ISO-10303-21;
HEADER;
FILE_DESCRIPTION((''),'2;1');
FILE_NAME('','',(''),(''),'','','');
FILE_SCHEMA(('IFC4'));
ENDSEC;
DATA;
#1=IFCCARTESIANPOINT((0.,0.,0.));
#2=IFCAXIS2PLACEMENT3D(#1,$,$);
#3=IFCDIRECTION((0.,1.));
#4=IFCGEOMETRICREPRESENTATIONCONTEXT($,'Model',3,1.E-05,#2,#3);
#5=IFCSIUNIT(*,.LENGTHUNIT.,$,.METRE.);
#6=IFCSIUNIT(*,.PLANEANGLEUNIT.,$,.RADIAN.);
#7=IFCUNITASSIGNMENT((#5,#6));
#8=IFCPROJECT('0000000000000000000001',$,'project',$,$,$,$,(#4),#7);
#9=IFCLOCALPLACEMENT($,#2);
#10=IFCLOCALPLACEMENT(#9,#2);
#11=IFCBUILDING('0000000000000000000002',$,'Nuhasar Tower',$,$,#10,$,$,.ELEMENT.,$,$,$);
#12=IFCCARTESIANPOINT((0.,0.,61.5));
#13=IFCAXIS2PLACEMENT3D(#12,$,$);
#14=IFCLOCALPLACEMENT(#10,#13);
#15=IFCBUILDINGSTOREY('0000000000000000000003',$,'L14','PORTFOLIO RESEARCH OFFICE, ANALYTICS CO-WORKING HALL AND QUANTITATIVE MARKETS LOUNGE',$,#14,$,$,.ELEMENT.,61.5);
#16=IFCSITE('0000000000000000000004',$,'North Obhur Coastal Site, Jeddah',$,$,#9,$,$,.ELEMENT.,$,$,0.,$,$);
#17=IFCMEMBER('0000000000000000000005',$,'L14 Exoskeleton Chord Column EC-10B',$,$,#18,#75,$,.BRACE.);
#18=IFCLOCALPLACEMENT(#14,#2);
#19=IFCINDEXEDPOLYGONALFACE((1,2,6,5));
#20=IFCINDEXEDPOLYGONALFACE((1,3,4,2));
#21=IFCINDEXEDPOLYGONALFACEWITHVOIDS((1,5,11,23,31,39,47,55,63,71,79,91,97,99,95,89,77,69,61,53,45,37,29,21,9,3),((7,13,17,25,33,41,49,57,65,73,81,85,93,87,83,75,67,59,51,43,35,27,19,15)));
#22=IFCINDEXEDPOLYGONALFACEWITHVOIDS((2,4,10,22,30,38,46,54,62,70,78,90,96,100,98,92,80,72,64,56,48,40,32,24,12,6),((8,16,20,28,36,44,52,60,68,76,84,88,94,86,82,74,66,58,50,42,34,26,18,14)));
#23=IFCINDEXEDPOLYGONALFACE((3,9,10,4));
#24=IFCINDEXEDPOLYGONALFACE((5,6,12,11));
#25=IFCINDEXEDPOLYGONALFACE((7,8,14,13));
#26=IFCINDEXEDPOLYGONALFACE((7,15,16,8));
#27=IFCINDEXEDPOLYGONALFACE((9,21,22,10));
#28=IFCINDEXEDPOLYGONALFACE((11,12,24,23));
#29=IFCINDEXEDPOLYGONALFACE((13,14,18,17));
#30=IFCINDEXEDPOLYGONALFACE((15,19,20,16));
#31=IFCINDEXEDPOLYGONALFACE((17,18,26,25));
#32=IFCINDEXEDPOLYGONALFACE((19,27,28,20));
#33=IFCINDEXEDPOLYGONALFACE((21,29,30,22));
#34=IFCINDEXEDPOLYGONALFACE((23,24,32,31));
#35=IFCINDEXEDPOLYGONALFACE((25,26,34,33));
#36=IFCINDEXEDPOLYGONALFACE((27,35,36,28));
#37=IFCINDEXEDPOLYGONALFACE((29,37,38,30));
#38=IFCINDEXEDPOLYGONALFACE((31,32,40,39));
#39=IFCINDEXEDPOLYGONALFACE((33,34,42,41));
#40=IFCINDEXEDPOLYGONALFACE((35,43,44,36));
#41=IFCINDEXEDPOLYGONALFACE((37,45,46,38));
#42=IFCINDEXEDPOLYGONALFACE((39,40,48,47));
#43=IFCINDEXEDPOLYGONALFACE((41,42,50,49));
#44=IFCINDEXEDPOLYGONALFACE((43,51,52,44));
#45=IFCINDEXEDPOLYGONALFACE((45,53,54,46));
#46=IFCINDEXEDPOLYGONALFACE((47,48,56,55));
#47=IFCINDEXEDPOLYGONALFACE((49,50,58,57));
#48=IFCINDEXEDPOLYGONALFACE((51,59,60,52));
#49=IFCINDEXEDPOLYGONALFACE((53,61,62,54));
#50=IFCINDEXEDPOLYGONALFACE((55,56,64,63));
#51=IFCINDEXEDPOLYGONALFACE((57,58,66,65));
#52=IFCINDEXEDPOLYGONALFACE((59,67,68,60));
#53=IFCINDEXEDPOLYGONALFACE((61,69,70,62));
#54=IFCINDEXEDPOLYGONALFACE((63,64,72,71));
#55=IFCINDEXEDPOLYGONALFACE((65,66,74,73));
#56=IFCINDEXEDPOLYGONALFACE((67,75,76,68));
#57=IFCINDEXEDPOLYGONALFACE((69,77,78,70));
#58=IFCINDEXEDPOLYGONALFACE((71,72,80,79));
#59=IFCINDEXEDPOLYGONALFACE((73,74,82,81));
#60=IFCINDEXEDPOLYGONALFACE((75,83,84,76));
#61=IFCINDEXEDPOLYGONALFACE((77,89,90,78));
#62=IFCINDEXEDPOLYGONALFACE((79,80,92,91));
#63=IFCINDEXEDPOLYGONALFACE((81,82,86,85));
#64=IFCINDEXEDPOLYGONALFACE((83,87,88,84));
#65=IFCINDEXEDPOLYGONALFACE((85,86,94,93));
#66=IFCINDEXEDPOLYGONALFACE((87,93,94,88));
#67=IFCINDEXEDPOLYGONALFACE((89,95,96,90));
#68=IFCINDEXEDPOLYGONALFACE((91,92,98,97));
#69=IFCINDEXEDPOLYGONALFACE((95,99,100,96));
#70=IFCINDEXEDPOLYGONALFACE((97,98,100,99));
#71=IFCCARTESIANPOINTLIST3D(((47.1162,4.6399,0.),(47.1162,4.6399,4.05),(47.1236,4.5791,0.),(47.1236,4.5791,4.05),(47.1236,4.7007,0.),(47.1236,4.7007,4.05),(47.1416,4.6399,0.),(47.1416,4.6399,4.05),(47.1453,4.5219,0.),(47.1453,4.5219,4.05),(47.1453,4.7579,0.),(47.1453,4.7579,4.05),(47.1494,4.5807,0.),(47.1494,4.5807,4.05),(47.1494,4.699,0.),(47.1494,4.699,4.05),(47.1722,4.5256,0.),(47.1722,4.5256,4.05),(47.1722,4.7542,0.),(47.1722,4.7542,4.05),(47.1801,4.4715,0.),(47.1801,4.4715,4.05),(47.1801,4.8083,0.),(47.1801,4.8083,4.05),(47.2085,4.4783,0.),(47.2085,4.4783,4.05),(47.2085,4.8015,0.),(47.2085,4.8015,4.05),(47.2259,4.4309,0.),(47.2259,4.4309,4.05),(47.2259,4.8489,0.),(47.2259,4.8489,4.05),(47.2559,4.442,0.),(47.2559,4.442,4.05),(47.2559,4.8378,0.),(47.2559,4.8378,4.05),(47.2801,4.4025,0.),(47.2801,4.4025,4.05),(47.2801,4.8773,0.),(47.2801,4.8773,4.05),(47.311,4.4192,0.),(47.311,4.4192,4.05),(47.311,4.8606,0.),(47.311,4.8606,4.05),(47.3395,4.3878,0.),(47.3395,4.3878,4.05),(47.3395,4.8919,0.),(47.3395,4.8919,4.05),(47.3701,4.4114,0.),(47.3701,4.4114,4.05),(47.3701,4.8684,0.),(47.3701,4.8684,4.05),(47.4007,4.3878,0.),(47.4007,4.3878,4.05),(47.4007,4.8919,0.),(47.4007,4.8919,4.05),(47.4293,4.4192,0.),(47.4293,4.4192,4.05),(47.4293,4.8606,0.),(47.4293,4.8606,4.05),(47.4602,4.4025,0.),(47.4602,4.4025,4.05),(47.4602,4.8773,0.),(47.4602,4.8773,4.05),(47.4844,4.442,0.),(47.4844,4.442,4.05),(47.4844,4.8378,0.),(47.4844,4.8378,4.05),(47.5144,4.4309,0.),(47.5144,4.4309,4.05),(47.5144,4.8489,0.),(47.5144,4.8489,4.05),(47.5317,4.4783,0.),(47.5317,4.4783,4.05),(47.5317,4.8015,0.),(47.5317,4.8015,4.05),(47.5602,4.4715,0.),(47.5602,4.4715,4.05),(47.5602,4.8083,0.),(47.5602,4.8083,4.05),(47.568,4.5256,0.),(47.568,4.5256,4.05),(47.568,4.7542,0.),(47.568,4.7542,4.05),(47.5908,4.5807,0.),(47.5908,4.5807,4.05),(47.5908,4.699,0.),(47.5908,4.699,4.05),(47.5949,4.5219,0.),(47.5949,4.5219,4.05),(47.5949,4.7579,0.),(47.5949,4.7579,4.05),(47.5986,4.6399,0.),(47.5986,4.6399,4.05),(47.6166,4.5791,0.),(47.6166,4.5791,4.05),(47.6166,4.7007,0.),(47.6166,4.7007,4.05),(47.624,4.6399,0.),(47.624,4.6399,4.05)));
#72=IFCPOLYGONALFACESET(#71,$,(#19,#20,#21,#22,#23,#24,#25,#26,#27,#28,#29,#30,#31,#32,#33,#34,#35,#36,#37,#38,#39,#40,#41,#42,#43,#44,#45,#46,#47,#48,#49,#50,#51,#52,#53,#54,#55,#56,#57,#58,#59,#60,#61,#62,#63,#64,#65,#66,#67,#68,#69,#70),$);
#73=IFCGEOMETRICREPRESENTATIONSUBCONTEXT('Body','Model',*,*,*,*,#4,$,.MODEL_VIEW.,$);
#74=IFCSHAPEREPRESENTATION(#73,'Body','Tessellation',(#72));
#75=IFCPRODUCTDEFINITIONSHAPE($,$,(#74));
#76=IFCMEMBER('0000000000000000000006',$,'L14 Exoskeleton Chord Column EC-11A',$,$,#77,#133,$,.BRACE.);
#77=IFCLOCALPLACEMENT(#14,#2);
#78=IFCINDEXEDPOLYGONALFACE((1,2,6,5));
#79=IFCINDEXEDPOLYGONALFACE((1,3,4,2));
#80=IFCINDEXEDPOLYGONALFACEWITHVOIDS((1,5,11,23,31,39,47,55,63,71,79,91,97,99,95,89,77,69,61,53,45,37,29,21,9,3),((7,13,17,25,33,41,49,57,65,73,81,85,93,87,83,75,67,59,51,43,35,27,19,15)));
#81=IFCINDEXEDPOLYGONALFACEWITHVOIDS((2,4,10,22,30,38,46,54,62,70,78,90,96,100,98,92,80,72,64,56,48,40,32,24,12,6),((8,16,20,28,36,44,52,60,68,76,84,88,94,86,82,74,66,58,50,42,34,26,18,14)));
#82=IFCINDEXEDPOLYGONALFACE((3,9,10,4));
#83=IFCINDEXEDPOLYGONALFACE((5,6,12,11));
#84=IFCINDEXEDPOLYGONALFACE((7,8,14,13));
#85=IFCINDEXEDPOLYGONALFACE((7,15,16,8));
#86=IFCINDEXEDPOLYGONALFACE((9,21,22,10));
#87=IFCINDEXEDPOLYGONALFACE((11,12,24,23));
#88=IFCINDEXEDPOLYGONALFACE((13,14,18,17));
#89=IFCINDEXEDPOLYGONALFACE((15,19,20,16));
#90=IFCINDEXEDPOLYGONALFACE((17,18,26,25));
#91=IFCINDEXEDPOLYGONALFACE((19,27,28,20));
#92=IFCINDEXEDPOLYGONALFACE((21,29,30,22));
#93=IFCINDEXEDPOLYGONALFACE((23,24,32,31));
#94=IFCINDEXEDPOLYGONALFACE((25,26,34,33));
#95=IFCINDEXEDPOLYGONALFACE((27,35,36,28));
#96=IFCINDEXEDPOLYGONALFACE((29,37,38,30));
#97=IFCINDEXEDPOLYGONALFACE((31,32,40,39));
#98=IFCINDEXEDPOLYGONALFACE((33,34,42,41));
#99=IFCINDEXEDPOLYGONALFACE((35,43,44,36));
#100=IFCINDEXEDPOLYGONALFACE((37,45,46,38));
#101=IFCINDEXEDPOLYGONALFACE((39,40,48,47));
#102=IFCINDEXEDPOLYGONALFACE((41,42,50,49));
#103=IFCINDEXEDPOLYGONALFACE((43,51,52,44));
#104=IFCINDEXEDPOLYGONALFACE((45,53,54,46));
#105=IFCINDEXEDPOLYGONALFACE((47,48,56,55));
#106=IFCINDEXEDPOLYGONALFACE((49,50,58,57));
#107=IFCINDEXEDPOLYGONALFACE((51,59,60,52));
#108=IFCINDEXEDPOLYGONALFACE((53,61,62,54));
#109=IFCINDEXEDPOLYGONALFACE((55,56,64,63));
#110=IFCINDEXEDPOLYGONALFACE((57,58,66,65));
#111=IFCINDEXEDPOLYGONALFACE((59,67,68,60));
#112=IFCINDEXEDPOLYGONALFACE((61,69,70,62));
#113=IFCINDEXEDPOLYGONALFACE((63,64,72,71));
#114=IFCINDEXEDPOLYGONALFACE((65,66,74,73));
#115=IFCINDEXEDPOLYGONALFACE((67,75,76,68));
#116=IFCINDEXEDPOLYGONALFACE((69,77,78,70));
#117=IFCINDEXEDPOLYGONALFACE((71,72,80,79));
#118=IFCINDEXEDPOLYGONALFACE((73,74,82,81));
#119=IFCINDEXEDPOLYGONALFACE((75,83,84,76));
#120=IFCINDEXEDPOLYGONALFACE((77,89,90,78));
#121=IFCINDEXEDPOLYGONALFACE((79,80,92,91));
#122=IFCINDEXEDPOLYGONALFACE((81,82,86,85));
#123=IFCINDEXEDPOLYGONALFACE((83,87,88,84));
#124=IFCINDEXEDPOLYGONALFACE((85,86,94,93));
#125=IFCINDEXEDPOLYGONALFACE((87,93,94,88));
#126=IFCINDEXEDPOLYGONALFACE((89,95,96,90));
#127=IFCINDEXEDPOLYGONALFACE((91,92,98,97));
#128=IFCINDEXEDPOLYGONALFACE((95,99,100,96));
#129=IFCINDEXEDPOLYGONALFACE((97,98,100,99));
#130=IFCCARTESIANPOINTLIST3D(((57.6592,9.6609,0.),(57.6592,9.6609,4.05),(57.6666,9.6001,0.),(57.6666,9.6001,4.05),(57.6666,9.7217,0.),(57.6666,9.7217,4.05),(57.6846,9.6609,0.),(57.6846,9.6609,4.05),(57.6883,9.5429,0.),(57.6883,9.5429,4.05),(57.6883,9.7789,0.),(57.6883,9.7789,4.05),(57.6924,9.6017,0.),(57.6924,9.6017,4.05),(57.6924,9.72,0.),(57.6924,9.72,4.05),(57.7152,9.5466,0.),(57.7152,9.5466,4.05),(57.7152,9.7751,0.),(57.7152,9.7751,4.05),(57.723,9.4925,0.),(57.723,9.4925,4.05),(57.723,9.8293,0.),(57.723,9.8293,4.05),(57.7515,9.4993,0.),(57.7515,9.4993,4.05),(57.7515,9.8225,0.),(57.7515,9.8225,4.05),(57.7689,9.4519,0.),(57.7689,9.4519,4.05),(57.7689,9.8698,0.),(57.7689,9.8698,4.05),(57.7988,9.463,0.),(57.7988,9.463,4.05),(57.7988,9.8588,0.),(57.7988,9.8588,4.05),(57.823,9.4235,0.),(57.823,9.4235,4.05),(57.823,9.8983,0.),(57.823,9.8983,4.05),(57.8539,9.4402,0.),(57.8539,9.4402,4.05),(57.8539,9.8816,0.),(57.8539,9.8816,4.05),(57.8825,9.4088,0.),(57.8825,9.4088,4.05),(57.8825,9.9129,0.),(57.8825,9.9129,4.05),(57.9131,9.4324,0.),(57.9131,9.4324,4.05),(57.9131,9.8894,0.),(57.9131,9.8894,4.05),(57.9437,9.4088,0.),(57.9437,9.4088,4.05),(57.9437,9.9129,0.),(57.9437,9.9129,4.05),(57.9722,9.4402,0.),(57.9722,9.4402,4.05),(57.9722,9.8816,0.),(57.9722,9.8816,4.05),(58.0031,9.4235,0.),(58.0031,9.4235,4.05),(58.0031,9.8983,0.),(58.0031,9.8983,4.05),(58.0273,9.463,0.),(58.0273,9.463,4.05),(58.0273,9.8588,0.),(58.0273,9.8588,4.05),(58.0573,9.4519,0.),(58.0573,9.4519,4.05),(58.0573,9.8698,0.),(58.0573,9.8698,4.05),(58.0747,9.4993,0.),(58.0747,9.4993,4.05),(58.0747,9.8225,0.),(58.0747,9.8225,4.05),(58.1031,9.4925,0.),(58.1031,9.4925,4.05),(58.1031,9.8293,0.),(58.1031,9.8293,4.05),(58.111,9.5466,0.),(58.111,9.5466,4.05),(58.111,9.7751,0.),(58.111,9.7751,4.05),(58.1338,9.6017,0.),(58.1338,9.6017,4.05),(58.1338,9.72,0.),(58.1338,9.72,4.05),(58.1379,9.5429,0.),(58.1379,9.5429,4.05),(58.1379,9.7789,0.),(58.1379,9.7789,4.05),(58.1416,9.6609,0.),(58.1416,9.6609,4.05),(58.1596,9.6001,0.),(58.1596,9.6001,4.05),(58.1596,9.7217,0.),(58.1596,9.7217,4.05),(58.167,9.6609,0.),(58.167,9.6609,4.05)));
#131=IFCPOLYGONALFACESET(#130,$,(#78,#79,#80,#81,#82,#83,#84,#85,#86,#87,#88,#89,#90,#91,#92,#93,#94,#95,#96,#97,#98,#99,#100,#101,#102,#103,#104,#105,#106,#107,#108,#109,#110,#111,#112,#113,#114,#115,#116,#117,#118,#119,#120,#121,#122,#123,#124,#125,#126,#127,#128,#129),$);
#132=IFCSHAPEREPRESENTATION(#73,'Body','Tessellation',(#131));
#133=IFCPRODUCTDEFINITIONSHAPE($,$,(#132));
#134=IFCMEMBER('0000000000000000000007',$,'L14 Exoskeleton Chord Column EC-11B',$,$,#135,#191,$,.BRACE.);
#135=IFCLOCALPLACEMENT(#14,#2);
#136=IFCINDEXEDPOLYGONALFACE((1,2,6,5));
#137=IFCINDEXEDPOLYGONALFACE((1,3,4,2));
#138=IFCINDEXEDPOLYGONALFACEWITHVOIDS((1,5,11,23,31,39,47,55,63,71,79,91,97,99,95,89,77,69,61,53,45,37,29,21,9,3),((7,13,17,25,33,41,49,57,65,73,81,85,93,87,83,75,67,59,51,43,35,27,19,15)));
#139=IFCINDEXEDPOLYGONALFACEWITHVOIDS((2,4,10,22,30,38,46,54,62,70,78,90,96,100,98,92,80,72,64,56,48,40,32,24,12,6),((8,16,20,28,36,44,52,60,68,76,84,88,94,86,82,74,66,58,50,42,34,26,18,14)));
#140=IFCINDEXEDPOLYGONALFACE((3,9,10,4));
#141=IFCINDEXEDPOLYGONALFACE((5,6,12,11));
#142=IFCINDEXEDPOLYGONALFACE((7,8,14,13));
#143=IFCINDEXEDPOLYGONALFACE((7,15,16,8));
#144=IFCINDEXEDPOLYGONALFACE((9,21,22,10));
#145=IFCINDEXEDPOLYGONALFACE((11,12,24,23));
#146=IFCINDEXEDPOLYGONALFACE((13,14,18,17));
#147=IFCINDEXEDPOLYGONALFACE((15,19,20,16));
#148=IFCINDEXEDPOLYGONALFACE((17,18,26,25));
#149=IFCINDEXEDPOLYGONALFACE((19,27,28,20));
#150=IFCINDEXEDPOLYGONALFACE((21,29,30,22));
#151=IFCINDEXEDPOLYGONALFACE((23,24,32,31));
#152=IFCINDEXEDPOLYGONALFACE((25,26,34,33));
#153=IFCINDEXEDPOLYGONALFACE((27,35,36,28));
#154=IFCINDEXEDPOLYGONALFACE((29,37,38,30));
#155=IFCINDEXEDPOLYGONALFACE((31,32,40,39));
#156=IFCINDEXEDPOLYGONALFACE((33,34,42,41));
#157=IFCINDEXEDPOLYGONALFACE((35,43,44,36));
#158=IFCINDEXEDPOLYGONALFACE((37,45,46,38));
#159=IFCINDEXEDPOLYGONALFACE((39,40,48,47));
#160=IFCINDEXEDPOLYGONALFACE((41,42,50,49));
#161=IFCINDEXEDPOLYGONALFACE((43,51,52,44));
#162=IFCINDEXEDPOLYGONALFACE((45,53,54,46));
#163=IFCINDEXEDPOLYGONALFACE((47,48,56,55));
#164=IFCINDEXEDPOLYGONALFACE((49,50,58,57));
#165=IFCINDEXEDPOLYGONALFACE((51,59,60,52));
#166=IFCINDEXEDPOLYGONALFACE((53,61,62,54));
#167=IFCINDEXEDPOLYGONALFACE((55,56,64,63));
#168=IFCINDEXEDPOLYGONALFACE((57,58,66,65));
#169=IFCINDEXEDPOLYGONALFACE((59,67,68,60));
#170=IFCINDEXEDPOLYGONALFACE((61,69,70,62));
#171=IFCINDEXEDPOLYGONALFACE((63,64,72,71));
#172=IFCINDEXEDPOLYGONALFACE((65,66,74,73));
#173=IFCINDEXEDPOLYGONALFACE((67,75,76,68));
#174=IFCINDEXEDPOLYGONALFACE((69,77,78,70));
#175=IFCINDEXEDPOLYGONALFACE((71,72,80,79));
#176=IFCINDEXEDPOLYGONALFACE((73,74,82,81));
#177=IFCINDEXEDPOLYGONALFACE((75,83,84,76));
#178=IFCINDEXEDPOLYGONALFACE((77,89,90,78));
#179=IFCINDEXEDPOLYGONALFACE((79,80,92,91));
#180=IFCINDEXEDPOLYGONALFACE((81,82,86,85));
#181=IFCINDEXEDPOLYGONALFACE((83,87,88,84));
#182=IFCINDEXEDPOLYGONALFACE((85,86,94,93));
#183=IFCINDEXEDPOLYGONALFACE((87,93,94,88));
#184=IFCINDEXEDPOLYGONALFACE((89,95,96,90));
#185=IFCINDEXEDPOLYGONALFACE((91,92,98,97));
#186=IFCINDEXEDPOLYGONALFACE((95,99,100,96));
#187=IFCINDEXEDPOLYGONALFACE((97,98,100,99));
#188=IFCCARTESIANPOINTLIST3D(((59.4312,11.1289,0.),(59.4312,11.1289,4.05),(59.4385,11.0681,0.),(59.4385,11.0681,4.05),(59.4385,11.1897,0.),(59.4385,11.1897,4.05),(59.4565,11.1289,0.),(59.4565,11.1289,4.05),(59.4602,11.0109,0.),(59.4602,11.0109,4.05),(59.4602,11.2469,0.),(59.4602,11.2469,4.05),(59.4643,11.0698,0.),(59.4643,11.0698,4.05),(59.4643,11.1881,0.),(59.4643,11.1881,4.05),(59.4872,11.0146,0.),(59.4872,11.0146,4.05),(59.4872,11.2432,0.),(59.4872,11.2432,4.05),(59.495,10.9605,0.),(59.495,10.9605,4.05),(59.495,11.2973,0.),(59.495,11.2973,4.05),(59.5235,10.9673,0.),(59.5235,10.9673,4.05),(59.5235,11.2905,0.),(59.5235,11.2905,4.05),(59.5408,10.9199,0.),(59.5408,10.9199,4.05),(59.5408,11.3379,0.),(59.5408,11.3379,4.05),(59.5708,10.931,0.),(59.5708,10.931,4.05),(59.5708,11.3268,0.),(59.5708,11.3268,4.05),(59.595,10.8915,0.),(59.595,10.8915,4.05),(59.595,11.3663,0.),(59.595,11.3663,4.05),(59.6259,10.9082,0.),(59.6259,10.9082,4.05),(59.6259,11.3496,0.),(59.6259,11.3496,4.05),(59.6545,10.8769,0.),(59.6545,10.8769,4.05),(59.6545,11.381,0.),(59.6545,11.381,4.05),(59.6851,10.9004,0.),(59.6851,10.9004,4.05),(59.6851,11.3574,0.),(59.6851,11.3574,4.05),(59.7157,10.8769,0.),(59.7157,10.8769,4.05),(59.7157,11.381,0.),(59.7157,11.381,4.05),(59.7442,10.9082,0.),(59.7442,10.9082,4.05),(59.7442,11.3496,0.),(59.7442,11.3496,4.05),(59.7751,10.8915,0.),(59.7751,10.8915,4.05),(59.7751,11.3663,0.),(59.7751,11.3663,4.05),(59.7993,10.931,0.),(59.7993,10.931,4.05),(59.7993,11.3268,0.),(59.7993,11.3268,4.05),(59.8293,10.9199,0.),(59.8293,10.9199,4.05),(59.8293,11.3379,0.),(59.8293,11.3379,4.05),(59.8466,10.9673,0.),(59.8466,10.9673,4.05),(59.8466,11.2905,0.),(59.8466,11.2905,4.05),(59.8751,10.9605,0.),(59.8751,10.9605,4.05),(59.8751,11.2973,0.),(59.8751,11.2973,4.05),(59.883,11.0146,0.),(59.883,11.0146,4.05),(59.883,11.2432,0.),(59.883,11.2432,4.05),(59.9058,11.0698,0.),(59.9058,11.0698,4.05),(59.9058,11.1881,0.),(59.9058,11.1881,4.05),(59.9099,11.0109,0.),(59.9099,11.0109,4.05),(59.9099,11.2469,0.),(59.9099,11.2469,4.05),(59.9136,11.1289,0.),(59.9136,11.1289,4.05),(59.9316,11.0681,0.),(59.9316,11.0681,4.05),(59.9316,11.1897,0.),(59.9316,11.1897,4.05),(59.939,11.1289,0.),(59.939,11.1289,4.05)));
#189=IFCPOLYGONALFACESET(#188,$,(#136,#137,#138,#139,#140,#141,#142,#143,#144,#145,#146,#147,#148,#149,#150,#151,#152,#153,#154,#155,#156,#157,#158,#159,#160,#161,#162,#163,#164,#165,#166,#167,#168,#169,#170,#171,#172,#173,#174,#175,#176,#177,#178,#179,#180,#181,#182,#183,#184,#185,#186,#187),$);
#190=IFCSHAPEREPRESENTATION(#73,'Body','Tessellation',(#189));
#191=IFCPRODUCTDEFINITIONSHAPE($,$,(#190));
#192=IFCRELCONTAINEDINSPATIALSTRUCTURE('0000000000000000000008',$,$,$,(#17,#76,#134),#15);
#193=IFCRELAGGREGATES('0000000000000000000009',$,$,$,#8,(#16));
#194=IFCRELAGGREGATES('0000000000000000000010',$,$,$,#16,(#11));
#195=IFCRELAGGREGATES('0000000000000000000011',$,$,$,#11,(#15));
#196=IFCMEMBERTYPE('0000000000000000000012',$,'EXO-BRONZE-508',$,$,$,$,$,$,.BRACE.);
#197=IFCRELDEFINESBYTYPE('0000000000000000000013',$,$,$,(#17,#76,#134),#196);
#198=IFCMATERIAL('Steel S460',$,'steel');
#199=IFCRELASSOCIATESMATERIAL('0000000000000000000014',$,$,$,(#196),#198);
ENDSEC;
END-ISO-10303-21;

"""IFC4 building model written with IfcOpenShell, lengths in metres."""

from ifc_helpers import new_model, si_unit, direction, frame, origin, origin_2d, place, context, subcontext, project, spatial, hollow_circle, extrude, material, material_profile, profile_set, type_object, element, save


model = new_model("IFC4")

# Units and contexts
model_context = context("Model", 3, precision=1e-05, world=origin(), true_north=direction((0.0, 1.0)))
body_context = subcontext(model_context, "Body", "Model", "MODEL_VIEW")
ifc_project = project(units=[si_unit("LENGTHUNIT", "METRE"), si_unit("PLANEANGLEUNIT", "RADIAN")], contexts=[model_context])

# Site, building, storey
site_placement = place(None, origin())
site = spatial("IfcSite", under=ifc_project, at=site_placement, Name="North Obhur Coastal Site, Jeddah", CompositionType="ELEMENT", RefElevation=0.0)
building_placement = place(site_placement, origin())
building = spatial("IfcBuilding", under=site, at=building_placement, Name="Nuhasar Tower", CompositionType="ELEMENT")
storey_placement = place(building_placement, frame((0.0, 0.0, 61.5)))
storey = spatial("IfcBuildingStorey", under=building, at=storey_placement, Name="L14", Description="PORTFOLIO RESEARCH OFFICE, ANALYTICS CO-WORKING HALL AND QUANTITATIVE MARKETS LOUNGE", CompositionType="ELEMENT", Elevation=61.5)

# Members
ifc_material_1 = material(Name="Steel S460", Category="steel")
ifc_material_profile_1 = material_profile(ifc_material_1, hollow_circle(Radius=0.2539, WallThickness=0.0254, at=origin_2d()), Name="HSS508X25.4")
ifc_profile_set_1 = profile_set([ifc_material_profile_1], Name="Steel S460")
member_type_1 = type_object("IfcMemberType", Name="EXO-BRONZE-508", PredefinedType="BRACE", material=ifc_profile_set_1)
for number, where, z_axis, x_axis, name in (
    (1, (47.3701, 4.6399, 0.0), (0.0, 0.0, 1.0), (1.0, 0.0, 0.0), "L14 Exoskeleton Chord Column EC-10B"),
    (2, (57.9131, 9.6609, 0.0), (0.0, 0.0, 1.0), (1.0, 0.0, 0.0), "L14 Exoskeleton Chord Column EC-11A"),
    (3, (59.6851, 11.1289, 0.0), (0.0, 0.0, 1.0), (1.0, 0.0, 0.0), "L14 Exoskeleton Chord Column EC-11B"),
):
    element("IfcMember", number, at=place(storey_placement, frame(where, z_axis=z_axis, x_axis=x_axis)), inside=storey, type_object=member_type_1, Name=name, PredefinedType="BRACE", context=body_context, shape_type="SweptSolid", body=[
        extrude(hollow_circle(Radius=0.2539, WallThickness=0.0254, at=origin_2d()), origin(), (0.0, 0.0, 1.0), 4.05),
    ])

save(model, "model.ifc")
